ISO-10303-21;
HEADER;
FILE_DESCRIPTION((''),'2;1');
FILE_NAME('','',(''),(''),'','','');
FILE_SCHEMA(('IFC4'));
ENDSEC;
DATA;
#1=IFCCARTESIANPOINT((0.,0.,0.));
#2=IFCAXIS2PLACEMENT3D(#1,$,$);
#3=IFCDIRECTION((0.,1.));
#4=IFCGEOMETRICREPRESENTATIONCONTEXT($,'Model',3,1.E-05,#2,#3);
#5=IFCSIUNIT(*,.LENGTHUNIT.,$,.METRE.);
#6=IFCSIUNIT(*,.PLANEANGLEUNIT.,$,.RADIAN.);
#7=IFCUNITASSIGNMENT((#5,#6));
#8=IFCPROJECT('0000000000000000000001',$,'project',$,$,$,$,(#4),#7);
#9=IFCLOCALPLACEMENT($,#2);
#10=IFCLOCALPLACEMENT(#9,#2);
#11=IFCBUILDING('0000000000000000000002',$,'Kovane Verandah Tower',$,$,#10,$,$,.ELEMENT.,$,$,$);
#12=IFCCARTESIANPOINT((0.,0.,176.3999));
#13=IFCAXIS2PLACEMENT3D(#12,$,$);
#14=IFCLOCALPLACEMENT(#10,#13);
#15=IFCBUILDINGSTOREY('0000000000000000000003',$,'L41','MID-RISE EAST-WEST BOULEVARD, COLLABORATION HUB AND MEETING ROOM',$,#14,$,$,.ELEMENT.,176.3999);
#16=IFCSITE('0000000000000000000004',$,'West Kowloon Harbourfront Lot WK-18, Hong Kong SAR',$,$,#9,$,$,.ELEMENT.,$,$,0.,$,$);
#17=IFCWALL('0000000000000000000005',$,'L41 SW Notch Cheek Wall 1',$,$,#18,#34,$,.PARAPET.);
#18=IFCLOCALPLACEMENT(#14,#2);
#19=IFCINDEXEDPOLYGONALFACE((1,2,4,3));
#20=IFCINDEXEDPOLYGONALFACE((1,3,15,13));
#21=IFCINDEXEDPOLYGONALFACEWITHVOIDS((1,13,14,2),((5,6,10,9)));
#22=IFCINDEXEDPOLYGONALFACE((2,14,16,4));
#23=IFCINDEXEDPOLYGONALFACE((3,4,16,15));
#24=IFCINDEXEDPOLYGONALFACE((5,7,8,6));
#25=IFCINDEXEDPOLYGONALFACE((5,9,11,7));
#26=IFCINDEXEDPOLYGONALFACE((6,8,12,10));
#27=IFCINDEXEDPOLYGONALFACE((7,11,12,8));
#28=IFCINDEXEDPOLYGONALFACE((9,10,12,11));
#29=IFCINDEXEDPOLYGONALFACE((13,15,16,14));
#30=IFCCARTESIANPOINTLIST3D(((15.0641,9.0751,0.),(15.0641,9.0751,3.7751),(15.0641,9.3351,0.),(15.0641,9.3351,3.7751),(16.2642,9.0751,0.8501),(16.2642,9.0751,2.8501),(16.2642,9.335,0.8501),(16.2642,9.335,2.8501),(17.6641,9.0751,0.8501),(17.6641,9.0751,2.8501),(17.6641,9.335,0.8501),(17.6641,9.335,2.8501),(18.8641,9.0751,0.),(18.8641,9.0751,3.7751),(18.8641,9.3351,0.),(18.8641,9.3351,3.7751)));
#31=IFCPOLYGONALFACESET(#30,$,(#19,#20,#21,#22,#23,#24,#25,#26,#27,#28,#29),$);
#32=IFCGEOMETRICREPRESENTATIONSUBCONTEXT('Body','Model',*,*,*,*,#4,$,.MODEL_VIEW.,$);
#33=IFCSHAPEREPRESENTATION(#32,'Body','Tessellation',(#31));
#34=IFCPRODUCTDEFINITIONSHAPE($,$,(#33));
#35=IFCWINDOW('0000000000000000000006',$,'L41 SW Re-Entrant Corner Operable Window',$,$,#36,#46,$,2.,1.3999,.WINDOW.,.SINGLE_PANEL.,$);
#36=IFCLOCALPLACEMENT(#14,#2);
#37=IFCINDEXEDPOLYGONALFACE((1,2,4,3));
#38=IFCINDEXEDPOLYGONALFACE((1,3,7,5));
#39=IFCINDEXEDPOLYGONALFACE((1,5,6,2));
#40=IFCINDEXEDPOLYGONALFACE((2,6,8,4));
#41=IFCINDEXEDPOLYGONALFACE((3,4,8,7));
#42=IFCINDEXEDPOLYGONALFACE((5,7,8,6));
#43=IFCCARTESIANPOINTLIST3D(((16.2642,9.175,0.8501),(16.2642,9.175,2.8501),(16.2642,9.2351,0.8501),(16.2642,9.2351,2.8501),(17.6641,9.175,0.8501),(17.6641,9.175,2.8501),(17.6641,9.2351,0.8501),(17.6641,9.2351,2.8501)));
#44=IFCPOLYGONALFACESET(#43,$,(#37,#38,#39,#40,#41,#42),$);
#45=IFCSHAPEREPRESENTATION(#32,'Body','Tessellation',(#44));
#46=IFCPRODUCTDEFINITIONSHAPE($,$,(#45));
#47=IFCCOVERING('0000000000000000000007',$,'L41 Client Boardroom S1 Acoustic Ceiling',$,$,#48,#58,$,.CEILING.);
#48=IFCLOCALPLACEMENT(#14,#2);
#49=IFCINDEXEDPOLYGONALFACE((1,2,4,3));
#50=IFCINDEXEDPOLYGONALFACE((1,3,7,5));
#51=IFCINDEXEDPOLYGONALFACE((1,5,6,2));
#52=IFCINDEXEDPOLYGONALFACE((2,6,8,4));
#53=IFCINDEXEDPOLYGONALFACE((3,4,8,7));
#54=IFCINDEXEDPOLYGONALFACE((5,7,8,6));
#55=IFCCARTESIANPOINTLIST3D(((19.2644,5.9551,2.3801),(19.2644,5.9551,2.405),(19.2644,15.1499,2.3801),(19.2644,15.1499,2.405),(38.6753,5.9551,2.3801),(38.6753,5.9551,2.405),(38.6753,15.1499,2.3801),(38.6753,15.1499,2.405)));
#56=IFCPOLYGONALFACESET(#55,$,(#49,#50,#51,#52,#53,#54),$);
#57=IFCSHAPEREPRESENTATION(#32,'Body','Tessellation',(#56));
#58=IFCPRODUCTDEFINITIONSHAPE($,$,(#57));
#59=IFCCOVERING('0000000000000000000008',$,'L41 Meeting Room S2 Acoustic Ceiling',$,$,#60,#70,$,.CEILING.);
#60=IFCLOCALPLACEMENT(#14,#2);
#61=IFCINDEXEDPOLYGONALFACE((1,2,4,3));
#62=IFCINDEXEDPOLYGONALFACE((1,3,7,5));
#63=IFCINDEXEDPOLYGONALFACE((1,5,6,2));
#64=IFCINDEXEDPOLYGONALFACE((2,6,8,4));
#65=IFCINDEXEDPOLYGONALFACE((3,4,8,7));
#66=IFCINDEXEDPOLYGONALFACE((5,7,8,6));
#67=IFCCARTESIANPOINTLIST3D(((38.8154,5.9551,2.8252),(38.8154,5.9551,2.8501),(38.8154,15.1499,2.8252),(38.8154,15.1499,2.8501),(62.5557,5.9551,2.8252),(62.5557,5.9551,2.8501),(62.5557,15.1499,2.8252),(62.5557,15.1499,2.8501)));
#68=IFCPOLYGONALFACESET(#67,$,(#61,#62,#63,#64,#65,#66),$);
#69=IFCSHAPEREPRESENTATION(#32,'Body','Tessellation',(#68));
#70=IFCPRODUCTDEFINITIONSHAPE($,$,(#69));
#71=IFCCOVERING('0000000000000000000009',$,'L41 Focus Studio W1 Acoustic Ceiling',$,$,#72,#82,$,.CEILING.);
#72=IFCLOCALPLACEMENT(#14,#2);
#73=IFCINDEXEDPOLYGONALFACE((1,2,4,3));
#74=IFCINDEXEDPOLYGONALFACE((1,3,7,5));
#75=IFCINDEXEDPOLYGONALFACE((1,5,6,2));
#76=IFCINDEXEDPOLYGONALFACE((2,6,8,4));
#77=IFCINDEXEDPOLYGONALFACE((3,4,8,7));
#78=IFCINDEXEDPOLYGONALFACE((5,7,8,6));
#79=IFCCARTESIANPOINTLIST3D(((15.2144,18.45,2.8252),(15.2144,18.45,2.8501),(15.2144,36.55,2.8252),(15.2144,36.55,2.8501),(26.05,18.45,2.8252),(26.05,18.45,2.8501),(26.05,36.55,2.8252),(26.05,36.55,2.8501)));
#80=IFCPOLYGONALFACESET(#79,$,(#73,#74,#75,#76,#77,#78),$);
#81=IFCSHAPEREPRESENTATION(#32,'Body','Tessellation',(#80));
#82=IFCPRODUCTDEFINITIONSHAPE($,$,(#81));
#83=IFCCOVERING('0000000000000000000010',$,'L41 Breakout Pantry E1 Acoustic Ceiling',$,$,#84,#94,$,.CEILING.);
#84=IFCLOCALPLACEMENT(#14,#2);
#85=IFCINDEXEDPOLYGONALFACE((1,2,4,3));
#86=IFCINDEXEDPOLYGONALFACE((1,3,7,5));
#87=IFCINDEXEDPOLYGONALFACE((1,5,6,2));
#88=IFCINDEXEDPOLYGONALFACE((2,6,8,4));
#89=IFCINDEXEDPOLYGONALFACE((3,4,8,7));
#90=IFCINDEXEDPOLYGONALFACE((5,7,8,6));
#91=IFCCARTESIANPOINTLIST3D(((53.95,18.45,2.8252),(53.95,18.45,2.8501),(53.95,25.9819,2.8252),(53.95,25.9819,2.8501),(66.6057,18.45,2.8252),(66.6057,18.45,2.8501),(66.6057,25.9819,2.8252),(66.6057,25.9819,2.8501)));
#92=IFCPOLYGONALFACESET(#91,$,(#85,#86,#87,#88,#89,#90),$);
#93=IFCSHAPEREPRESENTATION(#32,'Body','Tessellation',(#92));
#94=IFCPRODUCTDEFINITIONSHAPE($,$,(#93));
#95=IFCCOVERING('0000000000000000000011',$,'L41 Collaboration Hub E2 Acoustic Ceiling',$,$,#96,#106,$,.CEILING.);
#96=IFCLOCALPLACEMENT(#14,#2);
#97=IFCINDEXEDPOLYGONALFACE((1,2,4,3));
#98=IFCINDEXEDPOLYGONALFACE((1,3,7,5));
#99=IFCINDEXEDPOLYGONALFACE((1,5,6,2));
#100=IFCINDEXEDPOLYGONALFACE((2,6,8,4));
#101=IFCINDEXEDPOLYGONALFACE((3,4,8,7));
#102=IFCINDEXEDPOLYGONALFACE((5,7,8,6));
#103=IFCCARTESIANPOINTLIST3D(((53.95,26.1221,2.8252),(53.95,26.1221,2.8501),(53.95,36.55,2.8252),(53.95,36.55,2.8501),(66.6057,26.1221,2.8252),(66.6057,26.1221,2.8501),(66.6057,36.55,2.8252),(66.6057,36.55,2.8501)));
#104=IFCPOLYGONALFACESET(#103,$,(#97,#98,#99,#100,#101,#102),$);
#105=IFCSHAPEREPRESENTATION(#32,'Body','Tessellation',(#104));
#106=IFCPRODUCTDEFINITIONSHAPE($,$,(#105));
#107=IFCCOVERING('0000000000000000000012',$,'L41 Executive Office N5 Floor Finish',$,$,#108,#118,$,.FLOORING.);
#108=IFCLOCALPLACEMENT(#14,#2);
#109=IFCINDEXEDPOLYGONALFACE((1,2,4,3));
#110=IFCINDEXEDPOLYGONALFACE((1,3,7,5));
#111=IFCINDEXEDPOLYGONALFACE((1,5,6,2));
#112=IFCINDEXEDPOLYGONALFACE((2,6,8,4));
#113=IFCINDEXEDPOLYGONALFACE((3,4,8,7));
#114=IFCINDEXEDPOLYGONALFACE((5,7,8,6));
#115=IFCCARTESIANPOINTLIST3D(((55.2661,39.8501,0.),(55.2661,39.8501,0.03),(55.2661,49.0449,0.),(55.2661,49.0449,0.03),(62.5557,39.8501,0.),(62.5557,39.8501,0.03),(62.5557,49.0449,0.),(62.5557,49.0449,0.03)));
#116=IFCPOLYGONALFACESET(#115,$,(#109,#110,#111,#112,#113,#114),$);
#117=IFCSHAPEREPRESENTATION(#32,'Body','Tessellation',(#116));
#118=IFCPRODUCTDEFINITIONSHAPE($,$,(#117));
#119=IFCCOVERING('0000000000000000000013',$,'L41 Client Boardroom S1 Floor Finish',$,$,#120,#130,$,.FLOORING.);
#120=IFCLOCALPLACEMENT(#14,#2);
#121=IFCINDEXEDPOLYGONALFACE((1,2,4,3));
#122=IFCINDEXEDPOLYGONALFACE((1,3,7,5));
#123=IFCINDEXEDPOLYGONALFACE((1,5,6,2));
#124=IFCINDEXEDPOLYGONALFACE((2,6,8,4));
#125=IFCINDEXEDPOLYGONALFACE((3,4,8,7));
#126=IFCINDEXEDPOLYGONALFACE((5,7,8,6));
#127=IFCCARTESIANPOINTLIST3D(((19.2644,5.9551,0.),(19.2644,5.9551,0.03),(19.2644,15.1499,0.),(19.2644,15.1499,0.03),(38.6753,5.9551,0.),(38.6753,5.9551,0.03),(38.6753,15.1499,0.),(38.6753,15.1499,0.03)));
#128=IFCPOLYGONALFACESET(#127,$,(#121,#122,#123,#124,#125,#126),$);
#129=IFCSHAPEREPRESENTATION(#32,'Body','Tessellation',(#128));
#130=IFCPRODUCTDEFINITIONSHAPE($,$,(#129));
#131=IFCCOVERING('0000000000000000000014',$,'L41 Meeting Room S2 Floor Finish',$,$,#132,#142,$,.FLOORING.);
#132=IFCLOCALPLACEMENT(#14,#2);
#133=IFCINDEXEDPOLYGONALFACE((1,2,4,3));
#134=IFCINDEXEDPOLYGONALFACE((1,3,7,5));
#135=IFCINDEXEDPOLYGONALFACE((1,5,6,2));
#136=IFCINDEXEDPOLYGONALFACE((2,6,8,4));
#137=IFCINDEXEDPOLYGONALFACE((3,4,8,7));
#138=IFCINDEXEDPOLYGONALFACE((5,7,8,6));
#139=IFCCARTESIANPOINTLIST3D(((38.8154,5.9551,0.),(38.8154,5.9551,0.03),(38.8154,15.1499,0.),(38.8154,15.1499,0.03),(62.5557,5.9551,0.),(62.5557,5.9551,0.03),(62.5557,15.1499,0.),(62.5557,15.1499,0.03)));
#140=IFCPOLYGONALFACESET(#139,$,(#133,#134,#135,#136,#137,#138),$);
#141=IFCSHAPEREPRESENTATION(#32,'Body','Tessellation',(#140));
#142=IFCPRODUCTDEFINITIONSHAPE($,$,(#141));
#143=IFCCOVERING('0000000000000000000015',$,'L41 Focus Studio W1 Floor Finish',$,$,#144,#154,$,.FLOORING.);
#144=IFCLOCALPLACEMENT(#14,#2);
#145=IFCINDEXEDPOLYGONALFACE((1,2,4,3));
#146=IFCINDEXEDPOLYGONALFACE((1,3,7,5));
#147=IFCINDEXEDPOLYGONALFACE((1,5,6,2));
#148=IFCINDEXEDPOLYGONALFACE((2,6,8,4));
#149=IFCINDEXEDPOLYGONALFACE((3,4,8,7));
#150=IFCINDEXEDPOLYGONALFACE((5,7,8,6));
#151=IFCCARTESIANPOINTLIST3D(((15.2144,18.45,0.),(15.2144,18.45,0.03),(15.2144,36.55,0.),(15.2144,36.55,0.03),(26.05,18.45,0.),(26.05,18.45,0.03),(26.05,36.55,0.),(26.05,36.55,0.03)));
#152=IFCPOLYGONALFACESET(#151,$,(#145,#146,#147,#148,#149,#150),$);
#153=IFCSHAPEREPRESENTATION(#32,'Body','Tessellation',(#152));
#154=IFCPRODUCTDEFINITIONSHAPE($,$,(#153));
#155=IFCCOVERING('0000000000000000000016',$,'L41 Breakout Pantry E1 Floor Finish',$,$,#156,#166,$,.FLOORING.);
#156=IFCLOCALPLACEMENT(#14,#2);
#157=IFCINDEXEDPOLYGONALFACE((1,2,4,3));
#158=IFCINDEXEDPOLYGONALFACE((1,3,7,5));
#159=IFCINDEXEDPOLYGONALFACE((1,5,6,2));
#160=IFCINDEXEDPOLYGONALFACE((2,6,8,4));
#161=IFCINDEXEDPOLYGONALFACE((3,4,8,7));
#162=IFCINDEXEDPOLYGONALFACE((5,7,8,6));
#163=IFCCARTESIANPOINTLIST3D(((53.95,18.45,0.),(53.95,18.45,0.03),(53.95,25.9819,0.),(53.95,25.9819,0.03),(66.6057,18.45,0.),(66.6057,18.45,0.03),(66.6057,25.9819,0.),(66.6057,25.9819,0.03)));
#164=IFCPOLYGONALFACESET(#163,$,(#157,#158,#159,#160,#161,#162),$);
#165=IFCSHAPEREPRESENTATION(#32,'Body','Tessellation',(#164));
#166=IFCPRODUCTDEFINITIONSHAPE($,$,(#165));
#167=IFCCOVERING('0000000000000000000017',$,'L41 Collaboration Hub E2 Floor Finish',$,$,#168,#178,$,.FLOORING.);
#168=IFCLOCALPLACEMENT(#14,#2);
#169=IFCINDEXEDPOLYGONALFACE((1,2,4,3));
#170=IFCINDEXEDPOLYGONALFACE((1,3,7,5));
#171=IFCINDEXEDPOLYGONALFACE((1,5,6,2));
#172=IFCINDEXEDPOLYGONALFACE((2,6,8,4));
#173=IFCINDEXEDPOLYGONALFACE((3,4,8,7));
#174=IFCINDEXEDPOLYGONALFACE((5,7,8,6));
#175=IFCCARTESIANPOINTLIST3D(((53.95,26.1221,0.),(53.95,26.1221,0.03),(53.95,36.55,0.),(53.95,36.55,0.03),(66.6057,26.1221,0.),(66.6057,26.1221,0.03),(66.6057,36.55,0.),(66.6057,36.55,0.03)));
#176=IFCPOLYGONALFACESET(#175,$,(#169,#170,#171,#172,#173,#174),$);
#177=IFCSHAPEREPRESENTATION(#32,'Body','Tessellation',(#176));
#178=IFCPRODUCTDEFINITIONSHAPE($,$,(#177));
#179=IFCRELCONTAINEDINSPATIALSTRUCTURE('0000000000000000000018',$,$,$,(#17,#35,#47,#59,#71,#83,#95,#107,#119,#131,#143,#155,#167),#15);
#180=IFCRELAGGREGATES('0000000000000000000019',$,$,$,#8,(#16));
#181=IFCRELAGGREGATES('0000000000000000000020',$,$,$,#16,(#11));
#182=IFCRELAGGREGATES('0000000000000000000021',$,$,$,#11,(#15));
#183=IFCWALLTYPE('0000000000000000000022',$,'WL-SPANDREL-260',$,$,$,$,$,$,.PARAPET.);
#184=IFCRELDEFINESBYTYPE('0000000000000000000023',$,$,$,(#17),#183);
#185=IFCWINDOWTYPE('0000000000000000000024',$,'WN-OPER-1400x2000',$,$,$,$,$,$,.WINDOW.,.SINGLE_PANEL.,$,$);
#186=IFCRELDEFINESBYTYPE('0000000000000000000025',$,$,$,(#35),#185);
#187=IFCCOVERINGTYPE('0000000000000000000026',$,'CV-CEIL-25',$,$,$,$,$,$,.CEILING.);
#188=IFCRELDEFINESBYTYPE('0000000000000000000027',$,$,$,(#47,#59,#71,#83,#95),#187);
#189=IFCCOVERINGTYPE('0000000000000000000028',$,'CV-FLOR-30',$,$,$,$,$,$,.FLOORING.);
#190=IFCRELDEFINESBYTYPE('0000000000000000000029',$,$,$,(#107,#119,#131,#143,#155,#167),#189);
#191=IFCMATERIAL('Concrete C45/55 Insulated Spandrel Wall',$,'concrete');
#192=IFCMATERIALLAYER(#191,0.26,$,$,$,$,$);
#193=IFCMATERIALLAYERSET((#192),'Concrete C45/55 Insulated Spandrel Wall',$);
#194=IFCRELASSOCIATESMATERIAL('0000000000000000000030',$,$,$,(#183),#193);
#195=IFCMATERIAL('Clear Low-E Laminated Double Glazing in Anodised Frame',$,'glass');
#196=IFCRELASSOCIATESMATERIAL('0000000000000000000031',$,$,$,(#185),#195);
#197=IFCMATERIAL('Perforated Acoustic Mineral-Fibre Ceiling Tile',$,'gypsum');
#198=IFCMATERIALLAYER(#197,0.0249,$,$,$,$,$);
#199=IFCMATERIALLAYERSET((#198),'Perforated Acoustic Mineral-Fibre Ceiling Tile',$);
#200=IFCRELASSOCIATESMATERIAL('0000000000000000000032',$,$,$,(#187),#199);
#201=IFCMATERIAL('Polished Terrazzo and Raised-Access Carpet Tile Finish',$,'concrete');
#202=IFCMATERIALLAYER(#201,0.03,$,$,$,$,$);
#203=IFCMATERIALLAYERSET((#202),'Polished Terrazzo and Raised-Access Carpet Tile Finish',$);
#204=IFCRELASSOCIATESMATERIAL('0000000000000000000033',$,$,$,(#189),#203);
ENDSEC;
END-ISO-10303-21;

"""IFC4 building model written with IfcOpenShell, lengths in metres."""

from ifc_helpers import new_model, si_unit, direction, frame, frame_2d, origin, place, context, subcontext, project, spatial, polyline, rectangle, outline, extrude, material, layer, layer_set, type_object, element, fill, save


model = new_model("IFC4")

# Units and contexts
model_context = context("Model", 3, precision=1e-05, world=origin(), true_north=direction((0.0, 1.0)))
body_context = subcontext(model_context, "Body", "Model", "MODEL_VIEW")
ifc_project = project(units=[si_unit("LENGTHUNIT", "METRE"), si_unit("PLANEANGLEUNIT", "RADIAN")], contexts=[model_context])

# Site, building, storey
site_placement = place(None, origin())
site = spatial("IfcSite", under=ifc_project, at=site_placement, Name="West Kowloon Harbourfront Lot WK-18, Hong Kong SAR", CompositionType="ELEMENT", RefElevation=0.0)
building_placement = place(site_placement, origin())
building = spatial("IfcBuilding", under=site, at=building_placement, Name="Kovane Verandah Tower", CompositionType="ELEMENT")
storey_placement = place(building_placement, frame((0.0, 0.0, 176.3999)))
storey = spatial("IfcBuildingStorey", under=building, at=storey_placement, Name="L41", Description="MID-RISE EAST-WEST BOULEVARD, COLLABORATION HUB AND MEETING ROOM", CompositionType="ELEMENT", Elevation=176.3999)

# Wall, opening, window
ifc_material_1 = material(Name="Concrete C45/55 Insulated Spandrel Wall", Category="concrete")
ifc_layer_1 = layer(ifc_material_1, 0.26)
ifc_layer_set_1 = layer_set([ifc_layer_1], Name="Concrete C45/55 Insulated Spandrel Wall")
wall_type = type_object("IfcWallType", Name="WL-SPANDREL-260", PredefinedType="PARAPET", material=ifc_layer_set_1)
wall_placement = place(storey_placement, frame((15.0642, 9.2051, 0.0), z_axis=(0.0, 0.0, 1.0), x_axis=(1.0, 0.0, 0.0)))
wall = element("IfcWall", 1, at=wall_placement, inside=storey, type_object=wall_type, Name="L41 SW Notch Cheek Wall 1", PredefinedType="PARAPET", context=body_context, shape_type="SweptSolid", body=[
    extrude(rectangle(XDim=3.8, YDim=0.26, at=frame_2d((1.8999, 0.0))), origin(), (0.0, 0.0, 1.0), 3.7751),
])
opening_placement = place(wall_placement, frame((1.2, 0.0, 0.8501)))
opening = element("IfcOpeningElement", 2, at=opening_placement, cuts=wall, PredefinedType="OPENING", context=body_context, shape_type="SweptSolid", body=[
    extrude(rectangle(XDim=1.3999, YDim=2.0, at=frame_2d((0.7, 1.0))), frame((0.0, 0.1299, 0.0), z_axis=(0.0, -1.0, 0.0), x_axis=(1.0, 0.0, 0.0)), (0.0, 0.0, 1.0), 0.26),
])
ifc_material_2 = material(Name="Clear Low-E Laminated Double Glazing in Anodised Frame", Category="glass")
window_type = type_object("IfcWindowType", Name="WN-OPER-1400x2000", PartitioningType="SINGLE_PANEL", PredefinedType="WINDOW", material=ifc_material_2)
window_placement = place(opening_placement, origin())
window = element("IfcWindow", 3, at=window_placement, inside=storey, type_object=window_type, Name="L41 SW Re-Entrant Corner Operable Window", OverallHeight=2.0, OverallWidth=1.3999, PartitioningType="SINGLE_PANEL", PredefinedType="WINDOW", context=body_context, shape_type="SweptSolid", body=[
    extrude(rectangle(XDim=1.3999, YDim=2.0, at=frame_2d((0.7, 1.0))), frame((0.0, 0.03, 0.0), z_axis=(0.0, -1.0, 0.0), x_axis=(1.0, 0.0, 0.0)), (0.0, 0.0, 1.0), 0.0601),
])
fill(opening, window)

# Coverings
ifc_material_3 = material(Name="Perforated Acoustic Mineral-Fibre Ceiling Tile", Category="gypsum")
ifc_layer_2 = layer(ifc_material_3, 0.0249)
ifc_layer_set_2 = layer_set([ifc_layer_2], Name="Perforated Acoustic Mineral-Fibre Ceiling Tile")
covering_type_1 = type_object("IfcCoveringType", Name="CV-CEIL-25", PredefinedType="CEILING", material=ifc_layer_set_2)
covering_1_placement = place(storey_placement, frame((0.0, 0.0, 2.3801)))
element("IfcCovering", 4, at=covering_1_placement, inside=storey, type_object=covering_type_1, Name="L41 Client Boardroom S1 Acoustic Ceiling", PredefinedType="CEILING", context=body_context, shape_type="SweptSolid", body=[
    extrude(outline(polyline([(19.2644, 5.9551), (38.6753, 5.9551), (38.6753, 15.1499), (19.2644, 15.1499), (19.2644, 5.9551)])), origin(), (0.0, 0.0, 1.0), 0.0249),
])
covering_2_placement = place(storey_placement, frame((0.0, 0.0, 2.8252)))
element("IfcCovering", 5, at=covering_2_placement, inside=storey, type_object=covering_type_1, Name="L41 Meeting Room S2 Acoustic Ceiling", PredefinedType="CEILING", context=body_context, shape_type="SweptSolid", body=[
    extrude(outline(polyline([(38.8154, 5.9551), (62.5557, 5.9551), (62.5557, 15.1499), (38.8154, 15.1499), (38.8154, 5.9551)])), origin(), (0.0, 0.0, 1.0), 0.0249),
])
covering_3_placement = place(storey_placement, frame((0.0, 0.0, 2.8252)))
element("IfcCovering", 6, at=covering_3_placement, inside=storey, type_object=covering_type_1, Name="L41 Focus Studio W1 Acoustic Ceiling", PredefinedType="CEILING", context=body_context, shape_type="SweptSolid", body=[
    extrude(outline(polyline([(15.2144, 18.45), (26.05, 18.45), (26.05, 36.55), (15.2144, 36.55), (15.2144, 18.45)])), origin(), (0.0, 0.0, 1.0), 0.0249),
])
covering_4_placement = place(storey_placement, frame((0.0, 0.0, 2.8252)))
element("IfcCovering", 7, at=covering_4_placement, inside=storey, type_object=covering_type_1, Name="L41 Breakout Pantry E1 Acoustic Ceiling", PredefinedType="CEILING", context=body_context, shape_type="SweptSolid", body=[
    extrude(outline(polyline([(53.95, 18.45), (66.6057, 18.45), (66.6057, 25.9819), (53.95, 25.9819), (53.95, 18.45)])), origin(), (0.0, 0.0, 1.0), 0.0249),
])
covering_5_placement = place(storey_placement, frame((0.0, 0.0, 2.8252)))
element("IfcCovering", 8, at=covering_5_placement, inside=storey, type_object=covering_type_1, Name="L41 Collaboration Hub E2 Acoustic Ceiling", PredefinedType="CEILING", context=body_context, shape_type="SweptSolid", body=[
    extrude(outline(polyline([(53.95, 26.1221), (66.6057, 26.1221), (66.6057, 36.55), (53.95, 36.55), (53.95, 26.1221)])), origin(), (0.0, 0.0, 1.0), 0.0249),
])
ifc_material_4 = material(Name="Polished Terrazzo and Raised-Access Carpet Tile Finish", Category="concrete")
ifc_layer_3 = layer(ifc_material_4, 0.03)
ifc_layer_set_3 = layer_set([ifc_layer_3], Name="Polished Terrazzo and Raised-Access Carpet Tile Finish")
covering_type_2 = type_object("IfcCoveringType", Name="CV-FLOR-30", PredefinedType="FLOORING", material=ifc_layer_set_3)
covering_6_placement = place(storey_placement, origin())
element("IfcCovering", 9, at=covering_6_placement, inside=storey, type_object=covering_type_2, Name="L41 Executive Office N5 Floor Finish", PredefinedType="FLOORING", context=body_context, shape_type="SweptSolid", body=[
    extrude(outline(polyline([(55.2661, 39.8501), (62.5557, 39.8501), (62.5557, 49.0449), (55.2661, 49.0449), (55.2661, 39.8501)])), origin(), (0.0, 0.0, 1.0), 0.03),
])
covering_7_placement = place(storey_placement, origin())
element("IfcCovering", 10, at=covering_7_placement, inside=storey, type_object=covering_type_2, Name="L41 Client Boardroom S1 Floor Finish", PredefinedType="FLOORING", context=body_context, shape_type="SweptSolid", body=[
    extrude(outline(polyline([(19.2644, 5.9551), (38.6753, 5.9551), (38.6753, 15.1499), (19.2644, 15.1499), (19.2644, 5.9551)])), origin(), (0.0, 0.0, 1.0), 0.03),
])
covering_8_placement = place(storey_placement, origin())
element("IfcCovering", 11, at=covering_8_placement, inside=storey, type_object=covering_type_2, Name="L41 Meeting Room S2 Floor Finish", PredefinedType="FLOORING", context=body_context, shape_type="SweptSolid", body=[
    extrude(outline(polyline([(38.8154, 5.9551), (62.5557, 5.9551), (62.5557, 15.1499), (38.8154, 15.1499), (38.8154, 5.9551)])), origin(), (0.0, 0.0, 1.0), 0.03),
])
covering_9_placement = place(storey_placement, origin())
element("IfcCovering", 12, at=covering_9_placement, inside=storey, type_object=covering_type_2, Name="L41 Focus Studio W1 Floor Finish", PredefinedType="FLOORING", context=body_context, shape_type="SweptSolid", body=[
    extrude(outline(polyline([(15.2144, 18.45), (26.05, 18.45), (26.05, 36.55), (15.2144, 36.55), (15.2144, 18.45)])), origin(), (0.0, 0.0, 1.0), 0.03),
])
covering_10_placement = place(storey_placement, origin())
element("IfcCovering", 13, at=covering_10_placement, inside=storey, type_object=covering_type_2, Name="L41 Breakout Pantry E1 Floor Finish", PredefinedType="FLOORING", context=body_context, shape_type="SweptSolid", body=[
    extrude(outline(polyline([(53.95, 18.45), (66.6057, 18.45), (66.6057, 25.9819), (53.95, 25.9819), (53.95, 18.45)])), origin(), (0.0, 0.0, 1.0), 0.03),
])
covering_11_placement = place(storey_placement, origin())
element("IfcCovering", 14, at=covering_11_placement, inside=storey, type_object=covering_type_2, Name="L41 Collaboration Hub E2 Floor Finish", PredefinedType="FLOORING", context=body_context, shape_type="SweptSolid", body=[
    extrude(outline(polyline([(53.95, 26.1221), (66.6057, 26.1221), (66.6057, 36.55), (53.95, 36.55), (53.95, 26.1221)])), origin(), (0.0, 0.0, 1.0), 0.03),
])

save(model, "model.ifc")
